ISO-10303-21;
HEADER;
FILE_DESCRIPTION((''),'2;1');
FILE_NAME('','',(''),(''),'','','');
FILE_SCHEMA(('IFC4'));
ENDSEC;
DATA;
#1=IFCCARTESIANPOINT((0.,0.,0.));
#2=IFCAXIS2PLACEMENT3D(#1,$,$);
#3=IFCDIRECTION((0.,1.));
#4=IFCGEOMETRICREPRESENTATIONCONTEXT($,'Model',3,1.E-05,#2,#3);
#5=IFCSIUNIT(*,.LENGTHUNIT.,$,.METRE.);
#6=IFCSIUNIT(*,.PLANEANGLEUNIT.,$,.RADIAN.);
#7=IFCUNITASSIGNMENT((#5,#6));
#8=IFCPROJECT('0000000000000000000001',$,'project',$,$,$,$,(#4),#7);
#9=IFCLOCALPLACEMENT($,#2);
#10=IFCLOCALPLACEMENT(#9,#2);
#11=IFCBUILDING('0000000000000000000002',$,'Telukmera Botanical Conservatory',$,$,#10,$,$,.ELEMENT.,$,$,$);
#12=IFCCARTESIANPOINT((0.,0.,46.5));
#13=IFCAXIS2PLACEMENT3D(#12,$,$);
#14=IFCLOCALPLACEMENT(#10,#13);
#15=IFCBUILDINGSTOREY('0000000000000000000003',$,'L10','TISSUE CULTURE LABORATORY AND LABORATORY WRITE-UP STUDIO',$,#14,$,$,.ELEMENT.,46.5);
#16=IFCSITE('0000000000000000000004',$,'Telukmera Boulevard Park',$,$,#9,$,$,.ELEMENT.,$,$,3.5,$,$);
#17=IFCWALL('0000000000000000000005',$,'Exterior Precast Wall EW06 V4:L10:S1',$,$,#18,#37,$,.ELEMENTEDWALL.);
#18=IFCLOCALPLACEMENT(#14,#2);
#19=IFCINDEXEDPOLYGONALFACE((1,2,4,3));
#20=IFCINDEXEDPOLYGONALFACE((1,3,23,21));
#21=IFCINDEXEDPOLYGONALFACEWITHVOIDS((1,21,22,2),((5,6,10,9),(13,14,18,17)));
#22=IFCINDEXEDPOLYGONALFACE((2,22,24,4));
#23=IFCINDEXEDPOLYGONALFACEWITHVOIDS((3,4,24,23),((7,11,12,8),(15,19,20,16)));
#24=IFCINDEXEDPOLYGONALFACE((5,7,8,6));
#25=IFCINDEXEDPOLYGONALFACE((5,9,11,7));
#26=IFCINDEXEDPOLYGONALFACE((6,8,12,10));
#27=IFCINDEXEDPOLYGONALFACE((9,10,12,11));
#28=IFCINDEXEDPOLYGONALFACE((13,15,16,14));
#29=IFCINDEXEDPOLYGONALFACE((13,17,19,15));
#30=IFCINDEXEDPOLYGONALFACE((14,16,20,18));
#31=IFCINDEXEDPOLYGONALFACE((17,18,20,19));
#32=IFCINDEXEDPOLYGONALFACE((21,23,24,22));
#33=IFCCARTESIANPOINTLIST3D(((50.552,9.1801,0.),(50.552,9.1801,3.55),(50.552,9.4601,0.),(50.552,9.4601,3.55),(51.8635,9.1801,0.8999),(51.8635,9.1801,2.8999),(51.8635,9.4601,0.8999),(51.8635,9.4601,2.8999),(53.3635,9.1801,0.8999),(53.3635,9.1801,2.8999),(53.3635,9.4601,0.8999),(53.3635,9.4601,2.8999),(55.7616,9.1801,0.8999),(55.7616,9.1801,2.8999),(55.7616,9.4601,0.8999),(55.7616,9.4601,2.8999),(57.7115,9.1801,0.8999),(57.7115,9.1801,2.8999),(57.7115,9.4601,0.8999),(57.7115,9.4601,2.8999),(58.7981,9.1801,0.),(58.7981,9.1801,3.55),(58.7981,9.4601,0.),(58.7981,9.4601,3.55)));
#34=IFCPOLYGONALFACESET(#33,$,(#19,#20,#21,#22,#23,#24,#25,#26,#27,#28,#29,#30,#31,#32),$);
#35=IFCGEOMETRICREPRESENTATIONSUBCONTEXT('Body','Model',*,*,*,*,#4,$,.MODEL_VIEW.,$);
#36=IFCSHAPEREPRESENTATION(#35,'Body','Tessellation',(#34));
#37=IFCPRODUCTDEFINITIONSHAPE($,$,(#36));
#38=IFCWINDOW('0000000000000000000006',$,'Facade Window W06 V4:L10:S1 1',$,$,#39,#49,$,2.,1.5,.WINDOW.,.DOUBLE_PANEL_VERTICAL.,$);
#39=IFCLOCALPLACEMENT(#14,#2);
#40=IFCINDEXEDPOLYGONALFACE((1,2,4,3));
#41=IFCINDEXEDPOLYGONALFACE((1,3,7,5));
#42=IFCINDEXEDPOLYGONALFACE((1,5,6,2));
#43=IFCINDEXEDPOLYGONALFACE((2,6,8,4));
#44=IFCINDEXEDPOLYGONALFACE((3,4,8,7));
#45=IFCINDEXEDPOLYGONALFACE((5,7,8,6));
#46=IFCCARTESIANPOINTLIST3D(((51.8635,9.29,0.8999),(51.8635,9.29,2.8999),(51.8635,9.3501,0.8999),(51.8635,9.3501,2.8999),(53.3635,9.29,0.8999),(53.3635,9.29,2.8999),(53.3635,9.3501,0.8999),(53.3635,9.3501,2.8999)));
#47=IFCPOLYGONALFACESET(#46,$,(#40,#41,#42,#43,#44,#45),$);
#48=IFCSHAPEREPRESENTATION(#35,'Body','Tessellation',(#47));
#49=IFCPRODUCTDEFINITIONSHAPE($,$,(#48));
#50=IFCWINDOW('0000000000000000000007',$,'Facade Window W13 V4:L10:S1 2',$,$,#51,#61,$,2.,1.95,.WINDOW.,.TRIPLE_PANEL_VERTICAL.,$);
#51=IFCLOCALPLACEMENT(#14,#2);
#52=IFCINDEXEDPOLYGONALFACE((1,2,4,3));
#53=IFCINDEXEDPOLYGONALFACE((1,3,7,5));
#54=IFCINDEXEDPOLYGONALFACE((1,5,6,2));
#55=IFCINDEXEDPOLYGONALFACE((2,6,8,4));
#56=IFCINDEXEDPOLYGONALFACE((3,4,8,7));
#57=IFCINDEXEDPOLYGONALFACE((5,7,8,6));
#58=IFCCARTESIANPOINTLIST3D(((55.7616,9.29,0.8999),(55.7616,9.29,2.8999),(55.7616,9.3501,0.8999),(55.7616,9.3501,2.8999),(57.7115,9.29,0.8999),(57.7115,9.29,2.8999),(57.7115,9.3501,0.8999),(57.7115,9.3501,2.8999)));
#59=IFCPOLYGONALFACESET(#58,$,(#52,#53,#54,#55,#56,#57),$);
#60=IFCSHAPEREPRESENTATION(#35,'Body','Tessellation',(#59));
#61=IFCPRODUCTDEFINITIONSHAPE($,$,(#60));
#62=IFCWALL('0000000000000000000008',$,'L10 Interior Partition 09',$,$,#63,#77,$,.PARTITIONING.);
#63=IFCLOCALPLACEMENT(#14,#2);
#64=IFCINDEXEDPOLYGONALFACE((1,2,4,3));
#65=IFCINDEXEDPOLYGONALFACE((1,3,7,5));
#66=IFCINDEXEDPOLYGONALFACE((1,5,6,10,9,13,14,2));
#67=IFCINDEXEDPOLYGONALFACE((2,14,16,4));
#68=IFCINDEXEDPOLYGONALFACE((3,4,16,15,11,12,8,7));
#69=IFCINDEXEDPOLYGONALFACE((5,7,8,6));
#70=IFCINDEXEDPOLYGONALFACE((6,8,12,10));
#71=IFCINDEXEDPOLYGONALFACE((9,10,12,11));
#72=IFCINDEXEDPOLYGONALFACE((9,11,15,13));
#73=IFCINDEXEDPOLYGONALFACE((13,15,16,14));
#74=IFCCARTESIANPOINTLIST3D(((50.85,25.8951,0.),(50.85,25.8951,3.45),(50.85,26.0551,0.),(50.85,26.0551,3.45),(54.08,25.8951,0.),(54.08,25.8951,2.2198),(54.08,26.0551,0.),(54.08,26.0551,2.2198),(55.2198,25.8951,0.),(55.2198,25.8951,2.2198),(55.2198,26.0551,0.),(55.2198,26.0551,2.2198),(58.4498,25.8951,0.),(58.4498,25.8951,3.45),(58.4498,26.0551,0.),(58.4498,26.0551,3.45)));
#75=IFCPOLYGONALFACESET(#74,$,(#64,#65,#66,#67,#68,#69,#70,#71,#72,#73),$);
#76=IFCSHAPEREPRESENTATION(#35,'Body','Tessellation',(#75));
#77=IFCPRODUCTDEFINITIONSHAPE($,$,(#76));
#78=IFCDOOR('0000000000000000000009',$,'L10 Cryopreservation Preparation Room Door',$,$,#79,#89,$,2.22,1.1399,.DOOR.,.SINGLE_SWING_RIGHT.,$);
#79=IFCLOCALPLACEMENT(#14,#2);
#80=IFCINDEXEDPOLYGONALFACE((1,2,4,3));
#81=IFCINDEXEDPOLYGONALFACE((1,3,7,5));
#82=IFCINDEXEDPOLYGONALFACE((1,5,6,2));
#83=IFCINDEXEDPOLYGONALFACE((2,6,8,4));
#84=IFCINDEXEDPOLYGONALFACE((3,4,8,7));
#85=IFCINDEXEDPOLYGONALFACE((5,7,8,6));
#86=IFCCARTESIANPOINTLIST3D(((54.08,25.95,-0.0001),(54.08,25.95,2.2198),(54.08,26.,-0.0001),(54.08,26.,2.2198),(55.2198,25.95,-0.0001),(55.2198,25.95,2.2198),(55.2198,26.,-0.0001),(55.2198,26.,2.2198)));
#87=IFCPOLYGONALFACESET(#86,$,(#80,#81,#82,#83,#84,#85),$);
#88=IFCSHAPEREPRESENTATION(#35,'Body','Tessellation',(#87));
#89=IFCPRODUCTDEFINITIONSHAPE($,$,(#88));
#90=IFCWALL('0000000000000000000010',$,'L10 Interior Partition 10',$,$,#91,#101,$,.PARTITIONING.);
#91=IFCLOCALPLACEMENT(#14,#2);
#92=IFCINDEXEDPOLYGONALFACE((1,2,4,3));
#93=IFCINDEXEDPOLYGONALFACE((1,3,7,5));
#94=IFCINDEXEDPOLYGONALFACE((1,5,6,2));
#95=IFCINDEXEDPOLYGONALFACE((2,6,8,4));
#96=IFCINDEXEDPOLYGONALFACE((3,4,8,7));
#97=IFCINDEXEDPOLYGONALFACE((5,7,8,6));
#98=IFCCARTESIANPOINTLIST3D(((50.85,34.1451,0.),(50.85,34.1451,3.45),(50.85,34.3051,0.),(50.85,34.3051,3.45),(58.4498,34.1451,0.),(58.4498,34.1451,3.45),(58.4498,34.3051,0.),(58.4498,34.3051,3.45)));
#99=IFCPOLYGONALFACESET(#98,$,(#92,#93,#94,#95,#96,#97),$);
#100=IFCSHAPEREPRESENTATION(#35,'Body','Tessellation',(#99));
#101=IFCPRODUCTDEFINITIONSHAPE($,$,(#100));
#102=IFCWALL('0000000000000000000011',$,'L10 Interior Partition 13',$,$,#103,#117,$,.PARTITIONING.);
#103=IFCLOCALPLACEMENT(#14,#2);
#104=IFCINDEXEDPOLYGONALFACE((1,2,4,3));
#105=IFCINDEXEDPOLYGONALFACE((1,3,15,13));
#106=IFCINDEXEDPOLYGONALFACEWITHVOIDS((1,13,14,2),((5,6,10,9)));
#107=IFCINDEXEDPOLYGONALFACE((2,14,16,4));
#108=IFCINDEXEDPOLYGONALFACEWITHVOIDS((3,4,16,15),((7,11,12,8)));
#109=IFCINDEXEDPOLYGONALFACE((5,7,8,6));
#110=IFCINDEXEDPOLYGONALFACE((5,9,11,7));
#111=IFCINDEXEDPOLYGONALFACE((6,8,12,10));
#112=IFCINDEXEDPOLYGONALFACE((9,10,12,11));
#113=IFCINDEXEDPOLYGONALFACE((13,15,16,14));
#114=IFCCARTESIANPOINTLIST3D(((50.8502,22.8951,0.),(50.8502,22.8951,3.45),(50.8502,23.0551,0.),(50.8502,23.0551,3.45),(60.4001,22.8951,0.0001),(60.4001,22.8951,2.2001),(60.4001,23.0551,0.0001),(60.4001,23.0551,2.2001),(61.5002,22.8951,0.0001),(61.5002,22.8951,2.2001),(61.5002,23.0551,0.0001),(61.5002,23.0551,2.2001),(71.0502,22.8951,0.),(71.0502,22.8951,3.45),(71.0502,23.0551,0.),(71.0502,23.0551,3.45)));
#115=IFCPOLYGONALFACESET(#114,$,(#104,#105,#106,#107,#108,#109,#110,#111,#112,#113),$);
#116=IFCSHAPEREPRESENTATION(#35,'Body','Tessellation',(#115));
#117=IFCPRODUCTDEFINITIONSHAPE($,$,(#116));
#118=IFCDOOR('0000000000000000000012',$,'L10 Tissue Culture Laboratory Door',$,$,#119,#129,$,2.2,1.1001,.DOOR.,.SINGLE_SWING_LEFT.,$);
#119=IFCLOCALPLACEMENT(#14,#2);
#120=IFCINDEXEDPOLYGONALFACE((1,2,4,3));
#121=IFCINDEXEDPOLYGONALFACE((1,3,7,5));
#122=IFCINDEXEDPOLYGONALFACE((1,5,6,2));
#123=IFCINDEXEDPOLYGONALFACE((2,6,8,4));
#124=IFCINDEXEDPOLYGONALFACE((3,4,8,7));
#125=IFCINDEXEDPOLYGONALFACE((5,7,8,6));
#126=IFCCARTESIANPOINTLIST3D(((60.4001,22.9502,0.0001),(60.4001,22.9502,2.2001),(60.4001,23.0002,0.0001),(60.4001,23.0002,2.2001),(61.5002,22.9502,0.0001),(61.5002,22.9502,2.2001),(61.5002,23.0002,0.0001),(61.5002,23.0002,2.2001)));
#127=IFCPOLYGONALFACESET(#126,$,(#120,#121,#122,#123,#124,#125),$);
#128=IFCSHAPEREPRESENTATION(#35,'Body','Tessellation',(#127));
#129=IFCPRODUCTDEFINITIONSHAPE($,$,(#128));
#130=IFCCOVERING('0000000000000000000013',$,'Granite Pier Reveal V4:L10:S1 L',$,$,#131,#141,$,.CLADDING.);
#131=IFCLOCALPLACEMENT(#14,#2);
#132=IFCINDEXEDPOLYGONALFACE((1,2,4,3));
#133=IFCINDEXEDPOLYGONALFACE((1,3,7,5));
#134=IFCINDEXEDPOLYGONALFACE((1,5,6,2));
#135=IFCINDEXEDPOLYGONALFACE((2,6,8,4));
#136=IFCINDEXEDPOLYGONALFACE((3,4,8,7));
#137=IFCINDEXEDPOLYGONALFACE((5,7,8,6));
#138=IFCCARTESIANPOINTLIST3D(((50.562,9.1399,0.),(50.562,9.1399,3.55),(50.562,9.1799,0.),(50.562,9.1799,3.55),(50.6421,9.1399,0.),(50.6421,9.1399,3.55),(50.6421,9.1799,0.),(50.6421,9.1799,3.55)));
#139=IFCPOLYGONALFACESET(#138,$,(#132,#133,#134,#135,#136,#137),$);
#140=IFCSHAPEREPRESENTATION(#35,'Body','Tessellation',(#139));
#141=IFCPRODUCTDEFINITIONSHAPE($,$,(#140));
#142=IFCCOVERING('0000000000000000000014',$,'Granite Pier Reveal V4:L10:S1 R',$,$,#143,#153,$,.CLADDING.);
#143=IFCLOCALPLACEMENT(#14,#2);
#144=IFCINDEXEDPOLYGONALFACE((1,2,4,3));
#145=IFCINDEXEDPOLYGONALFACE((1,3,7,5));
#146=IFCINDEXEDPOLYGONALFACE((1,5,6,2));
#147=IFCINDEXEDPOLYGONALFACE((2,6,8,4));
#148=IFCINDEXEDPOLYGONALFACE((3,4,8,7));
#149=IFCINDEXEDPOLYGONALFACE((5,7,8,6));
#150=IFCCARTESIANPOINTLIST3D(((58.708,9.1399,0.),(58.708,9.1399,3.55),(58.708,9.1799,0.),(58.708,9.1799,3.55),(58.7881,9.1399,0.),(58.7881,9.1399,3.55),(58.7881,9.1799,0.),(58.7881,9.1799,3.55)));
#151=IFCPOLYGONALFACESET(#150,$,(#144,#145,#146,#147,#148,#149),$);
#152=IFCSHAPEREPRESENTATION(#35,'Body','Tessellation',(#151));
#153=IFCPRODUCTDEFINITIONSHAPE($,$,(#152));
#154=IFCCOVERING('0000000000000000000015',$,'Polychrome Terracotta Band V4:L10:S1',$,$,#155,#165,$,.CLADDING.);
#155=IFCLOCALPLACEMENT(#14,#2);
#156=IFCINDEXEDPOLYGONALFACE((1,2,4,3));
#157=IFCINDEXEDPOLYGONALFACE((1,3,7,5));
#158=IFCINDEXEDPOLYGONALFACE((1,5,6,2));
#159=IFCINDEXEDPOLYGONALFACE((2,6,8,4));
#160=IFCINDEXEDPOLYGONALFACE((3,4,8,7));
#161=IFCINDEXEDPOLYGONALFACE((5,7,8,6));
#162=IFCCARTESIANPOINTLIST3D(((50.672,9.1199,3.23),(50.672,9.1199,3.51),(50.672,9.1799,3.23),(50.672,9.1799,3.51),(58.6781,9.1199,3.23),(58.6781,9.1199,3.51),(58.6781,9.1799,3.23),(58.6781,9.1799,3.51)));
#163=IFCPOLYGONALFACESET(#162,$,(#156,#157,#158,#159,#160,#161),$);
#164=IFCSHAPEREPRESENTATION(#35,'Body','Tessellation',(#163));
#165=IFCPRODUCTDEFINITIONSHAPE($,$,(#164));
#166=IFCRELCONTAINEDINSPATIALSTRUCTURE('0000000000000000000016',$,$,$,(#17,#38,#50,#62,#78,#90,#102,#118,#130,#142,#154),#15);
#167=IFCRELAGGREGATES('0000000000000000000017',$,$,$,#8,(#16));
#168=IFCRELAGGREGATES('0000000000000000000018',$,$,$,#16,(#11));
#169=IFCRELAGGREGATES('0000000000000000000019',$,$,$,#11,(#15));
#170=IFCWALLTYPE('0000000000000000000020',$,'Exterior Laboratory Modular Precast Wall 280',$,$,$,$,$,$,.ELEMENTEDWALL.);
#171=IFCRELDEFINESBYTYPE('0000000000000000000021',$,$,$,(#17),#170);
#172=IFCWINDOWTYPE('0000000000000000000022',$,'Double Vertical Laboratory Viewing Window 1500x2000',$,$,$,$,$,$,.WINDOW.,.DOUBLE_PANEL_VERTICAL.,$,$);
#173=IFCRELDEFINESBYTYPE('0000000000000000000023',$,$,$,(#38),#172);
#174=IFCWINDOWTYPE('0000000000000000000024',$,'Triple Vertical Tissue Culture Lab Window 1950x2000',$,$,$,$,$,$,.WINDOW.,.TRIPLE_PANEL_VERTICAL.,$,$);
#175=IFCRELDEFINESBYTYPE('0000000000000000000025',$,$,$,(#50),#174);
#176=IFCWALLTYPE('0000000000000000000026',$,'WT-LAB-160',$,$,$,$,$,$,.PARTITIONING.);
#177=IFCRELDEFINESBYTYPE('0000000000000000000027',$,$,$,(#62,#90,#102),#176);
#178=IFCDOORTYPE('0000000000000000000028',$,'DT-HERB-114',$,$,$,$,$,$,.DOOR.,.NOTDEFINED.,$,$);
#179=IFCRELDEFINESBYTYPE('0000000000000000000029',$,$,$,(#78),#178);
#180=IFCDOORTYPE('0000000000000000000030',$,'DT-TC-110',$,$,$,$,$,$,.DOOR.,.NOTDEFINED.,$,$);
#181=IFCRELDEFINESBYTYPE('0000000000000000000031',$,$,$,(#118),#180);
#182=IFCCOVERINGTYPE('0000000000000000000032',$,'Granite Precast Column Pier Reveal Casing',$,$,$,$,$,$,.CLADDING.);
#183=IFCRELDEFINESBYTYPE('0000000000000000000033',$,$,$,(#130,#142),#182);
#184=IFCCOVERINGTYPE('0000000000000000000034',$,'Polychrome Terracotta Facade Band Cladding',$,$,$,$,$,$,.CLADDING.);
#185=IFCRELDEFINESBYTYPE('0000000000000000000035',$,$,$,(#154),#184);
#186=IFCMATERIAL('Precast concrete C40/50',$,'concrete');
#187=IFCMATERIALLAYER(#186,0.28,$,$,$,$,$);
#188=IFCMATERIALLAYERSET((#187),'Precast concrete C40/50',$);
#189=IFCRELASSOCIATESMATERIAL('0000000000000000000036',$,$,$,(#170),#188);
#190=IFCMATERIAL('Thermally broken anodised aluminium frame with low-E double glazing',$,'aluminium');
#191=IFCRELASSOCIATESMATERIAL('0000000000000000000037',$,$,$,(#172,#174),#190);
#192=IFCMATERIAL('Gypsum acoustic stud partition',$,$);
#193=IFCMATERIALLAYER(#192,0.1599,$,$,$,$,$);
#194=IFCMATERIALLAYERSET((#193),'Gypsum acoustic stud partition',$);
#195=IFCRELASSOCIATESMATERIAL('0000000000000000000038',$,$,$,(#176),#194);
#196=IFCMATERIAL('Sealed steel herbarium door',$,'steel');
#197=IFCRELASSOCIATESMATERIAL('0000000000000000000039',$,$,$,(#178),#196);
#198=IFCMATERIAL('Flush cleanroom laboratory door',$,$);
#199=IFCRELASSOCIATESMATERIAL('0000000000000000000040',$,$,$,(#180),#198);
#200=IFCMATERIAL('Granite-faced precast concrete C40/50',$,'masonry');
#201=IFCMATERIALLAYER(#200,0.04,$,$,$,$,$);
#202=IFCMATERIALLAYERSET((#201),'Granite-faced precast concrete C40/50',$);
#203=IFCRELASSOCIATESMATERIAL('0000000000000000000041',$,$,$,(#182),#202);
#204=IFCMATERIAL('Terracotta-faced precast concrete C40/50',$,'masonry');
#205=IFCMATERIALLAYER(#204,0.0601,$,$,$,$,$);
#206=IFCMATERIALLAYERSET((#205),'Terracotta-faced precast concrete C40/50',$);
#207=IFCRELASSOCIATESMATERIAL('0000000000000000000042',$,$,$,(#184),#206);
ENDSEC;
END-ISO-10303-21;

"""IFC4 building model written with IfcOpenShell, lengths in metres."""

from ifc_helpers import new_model, si_unit, direction, frame, frame_2d, origin, origin_2d, place, context, subcontext, project, spatial, rectangle, extrude, material, layer, layer_set, type_object, element, fill, save


model = new_model("IFC4")

# Units and contexts
model_context = context("Model", 3, precision=1e-05, world=origin(), true_north=direction((0.0, 1.0)))
body_context = subcontext(model_context, "Body", "Model", "MODEL_VIEW")
ifc_project = project(units=[si_unit("LENGTHUNIT", "METRE"), si_unit("PLANEANGLEUNIT", "RADIAN")], contexts=[model_context])

# Site, building, storey
site_placement = place(None, origin())
site = spatial("IfcSite", under=ifc_project, at=site_placement, Name="Telukmera Boulevard Park", CompositionType="ELEMENT", RefElevation=3.5)
building_placement = place(site_placement, origin())
building = spatial("IfcBuilding", under=site, at=building_placement, Name="Telukmera Botanical Conservatory", CompositionType="ELEMENT")
storey_placement = place(building_placement, frame((0.0, 0.0, 46.5)))
storey = spatial("IfcBuildingStorey", under=building, at=storey_placement, Name="L10", Description="TISSUE CULTURE LABORATORY AND LABORATORY WRITE-UP STUDIO", CompositionType="ELEMENT", Elevation=46.5)

# Shared definitions
ifc_material_1 = material(Name="Precast concrete C40/50", Category="concrete")

# Wall, openings, windows
ifc_layer_1 = layer(ifc_material_1, 0.28)
ifc_layer_set_1 = layer_set([ifc_layer_1], Name="Precast concrete C40/50")
wall_type_1 = type_object("IfcWallType", Name="Exterior Laboratory Modular Precast Wall 280", PredefinedType="ELEMENTEDWALL", material=ifc_layer_set_1)
wall_1_placement = place(storey_placement, frame((50.552, 9.3201, 0.0), z_axis=(0.0, 0.0, 1.0), x_axis=(1.0, 0.0, 0.0)))
wall_1 = element("IfcWall", 1, at=wall_1_placement, inside=storey, type_object=wall_type_1, Name="Exterior Precast Wall EW06 V4:L10:S1", PredefinedType="ELEMENTEDWALL", context=body_context, shape_type="SweptSolid", body=[
    extrude(rectangle(XDim=8.2461, YDim=0.28, at=frame_2d((4.123, 0.0))), origin(), (0.0, 0.0, 1.0), 3.55),
])
opening_1_placement = place(wall_1_placement, frame((1.3115, 0.0, 0.8999)))
opening_1 = element("IfcOpeningElement", 2, at=opening_1_placement, cuts=wall_1, PredefinedType="OPENING", context=body_context, shape_type="SweptSolid", body=[
    extrude(rectangle(XDim=1.5, YDim=2.0, at=frame_2d((0.75, 1.0))), frame((0.0, 0.1499, 0.0), z_axis=(0.0, -1.0, 0.0), x_axis=(1.0, 0.0, 0.0)), (0.0, 0.0, 1.0), 0.3),
])
opening_2_placement = place(wall_1_placement, frame((5.2095, 0.0, 0.8999)))
opening_2 = element("IfcOpeningElement", 3, at=opening_2_placement, cuts=wall_1, PredefinedType="OPENING", context=body_context, shape_type="SweptSolid", body=[
    extrude(rectangle(XDim=1.95, YDim=2.0, at=frame_2d((0.9751, 1.0))), frame((0.0, 0.1499, 0.0), z_axis=(0.0, -1.0, 0.0), x_axis=(1.0, 0.0, 0.0)), (0.0, 0.0, 1.0), 0.3),
])
ifc_material_2 = material(Name="Thermally broken anodised aluminium frame with low-E double glazing", Category="aluminium")
window_type_1 = type_object("IfcWindowType", Name="Double Vertical Laboratory Viewing Window 1500x2000", PartitioningType="DOUBLE_PANEL_VERTICAL", PredefinedType="WINDOW", material=ifc_material_2)
window_1_placement = place(opening_1_placement, origin())
window_1 = element("IfcWindow", 4, at=window_1_placement, inside=storey, type_object=window_type_1, Name="Facade Window W06 V4:L10:S1 1", OverallHeight=2.0, OverallWidth=1.5, PartitioningType="DOUBLE_PANEL_VERTICAL", PredefinedType="WINDOW", context=body_context, shape_type="SweptSolid", body=[
    extrude(rectangle(XDim=1.5, YDim=2.0, at=frame_2d((0.75, 1.0))), frame((0.0, 0.03, 0.0), z_axis=(0.0, -1.0, 0.0), x_axis=(1.0, 0.0, 0.0)), (0.0, 0.0, 1.0), 0.0601),
])
fill(opening_1, window_1)
window_type_2 = type_object("IfcWindowType", Name="Triple Vertical Tissue Culture Lab Window 1950x2000", PartitioningType="TRIPLE_PANEL_VERTICAL", PredefinedType="WINDOW", material=ifc_material_2)
window_2_placement = place(opening_2_placement, origin())
window_2 = element("IfcWindow", 5, at=window_2_placement, inside=storey, type_object=window_type_2, Name="Facade Window W13 V4:L10:S1 2", OverallHeight=2.0, OverallWidth=1.95, PartitioningType="TRIPLE_PANEL_VERTICAL", PredefinedType="WINDOW", context=body_context, shape_type="SweptSolid", body=[
    extrude(rectangle(XDim=1.95, YDim=2.0, at=frame_2d((0.9751, 1.0))), frame((0.0, 0.03, 0.0), z_axis=(0.0, -1.0, 0.0), x_axis=(1.0, 0.0, 0.0)), (0.0, 0.0, 1.0), 0.0601),
])
fill(opening_2, window_2)

# Wall, opening, door
ifc_material_3 = material(Name="Gypsum acoustic stud partition")
ifc_layer_2 = layer(ifc_material_3, 0.1599)
ifc_layer_set_2 = layer_set([ifc_layer_2], Name="Gypsum acoustic stud partition")
wall_type_2 = type_object("IfcWallType", Name="WT-LAB-160", PredefinedType="PARTITIONING", material=ifc_layer_set_2)
wall_2_placement = place(storey_placement, frame((50.8501, 25.9751, 0.0), z_axis=(0.0, 0.0, 1.0), x_axis=(1.0, 0.0, 0.0)))
wall_2 = element("IfcWall", 6, at=wall_2_placement, inside=storey, type_object=wall_type_2, Name="L10 Interior Partition 09", PredefinedType="PARTITIONING", context=body_context, shape_type="SweptSolid", body=[
    extrude(rectangle(XDim=7.5999, YDim=0.1599, at=frame_2d((3.7998, 0.0))), origin(), (0.0, 0.0, 1.0), 3.45),
])
opening_3_placement = place(wall_2_placement, frame((3.23, 0.0, 0.0)))
opening_3 = element("IfcOpeningElement", 7, at=opening_3_placement, cuts=wall_2, PredefinedType="OPENING", context=body_context, shape_type="SweptSolid", body=[
    extrude(rectangle(XDim=1.1399, YDim=2.22, at=frame_2d((0.5698, 1.1099))), frame((0.0, 0.0898, 0.0), z_axis=(0.0, -1.0, 0.0), x_axis=(1.0, 0.0, 0.0)), (0.0, 0.0, 1.0), 0.1799),
])
ifc_material_4 = material(Name="Sealed steel herbarium door", Category="steel")
door_type_1 = type_object("IfcDoorType", Name="DT-HERB-114", OperationType="NOTDEFINED", PredefinedType="DOOR", material=ifc_material_4)
door_1_placement = place(opening_3_placement, origin())
door_1 = element("IfcDoor", 8, at=door_1_placement, inside=storey, type_object=door_type_1, Name="L10 Cryopreservation Preparation Room Door", OperationType="SINGLE_SWING_RIGHT", OverallHeight=2.22, OverallWidth=1.1399, PredefinedType="DOOR", context=body_context, shape_type="SweptSolid", body=[
    extrude(rectangle(XDim=1.1399, YDim=2.22, at=frame_2d((0.5698, 1.1099))), frame((0.0, 0.0249, 0.0), z_axis=(0.0, -1.0, 0.0), x_axis=(1.0, 0.0, 0.0)), (0.0, 0.0, 1.0), 0.05),
])
fill(opening_3, door_1)

# Wall
wall_3_placement = place(storey_placement, frame((50.8501, 34.2251, 0.0), z_axis=(0.0, 0.0, 1.0), x_axis=(1.0, 0.0, 0.0)))
element("IfcWall", 9, at=wall_3_placement, inside=storey, type_object=wall_type_2, Name="L10 Interior Partition 10", PredefinedType="PARTITIONING", context=body_context, shape_type="SweptSolid", body=[
    extrude(rectangle(XDim=7.5999, YDim=0.1599, at=frame_2d((3.7998, 0.0))), origin(), (0.0, 0.0, 1.0), 3.45),
])

# Wall, opening, door
wall_4_placement = place(storey_placement, frame((50.8501, 22.9751, 0.0), z_axis=(0.0, 0.0, 1.0), x_axis=(1.0, 0.0, 0.0)))
wall_4 = element("IfcWall", 10, at=wall_4_placement, inside=storey, type_object=wall_type_2, Name="L10 Interior Partition 13", PredefinedType="PARTITIONING", context=body_context, shape_type="SweptSolid", body=[
    extrude(rectangle(XDim=20.2, YDim=0.1599, at=frame_2d((10.1001, 0.0))), origin(), (0.0, 0.0, 1.0), 3.45),
])
opening_4_placement = place(wall_4_placement, frame((9.55, 0.0, 0.0)))
opening_4 = element("IfcOpeningElement", 11, at=opening_4_placement, cuts=wall_4, PredefinedType="OPENING", context=body_context, shape_type="SweptSolid", body=[
    extrude(rectangle(XDim=1.1001, YDim=2.2, at=frame_2d((0.55, 1.1001))), frame((0.0, 0.0898, 0.0), z_axis=(0.0, -1.0, 0.0), x_axis=(1.0, 0.0, 0.0)), (0.0, 0.0, 1.0), 0.1799),
])
ifc_material_5 = material(Name="Flush cleanroom laboratory door")
door_type_2 = type_object("IfcDoorType", Name="DT-TC-110", OperationType="NOTDEFINED", PredefinedType="DOOR", material=ifc_material_5)
door_2_placement = place(opening_4_placement, frame((1.1001, 0.0, 0.0), z_axis=(0.0, 0.0, 1.0), x_axis=(-1.0, 0.0, 0.0)))
door_2 = element("IfcDoor", 12, at=door_2_placement, inside=storey, type_object=door_type_2, Name="L10 Tissue Culture Laboratory Door", OperationType="SINGLE_SWING_LEFT", OverallHeight=2.2, OverallWidth=1.1001, PredefinedType="DOOR", context=body_context, shape_type="SweptSolid", body=[
    extrude(rectangle(XDim=1.1001, YDim=2.2, at=frame_2d((0.55, 1.1001))), frame((0.0, 0.0249, 0.0), z_axis=(0.0, -1.0, 0.0), x_axis=(1.0, 0.0, 0.0)), (0.0, 0.0, 1.0), 0.05),
])
fill(opening_4, door_2)

# Coverings
ifc_material_6 = material(Name="Granite-faced precast concrete C40/50", Category="masonry")
ifc_layer_3 = layer(ifc_material_6, 0.04)
ifc_layer_set_3 = layer_set([ifc_layer_3], Name="Granite-faced precast concrete C40/50")
covering_type_1 = type_object("IfcCoveringType", Name="Granite Precast Column Pier Reveal Casing", PredefinedType="CLADDING", material=ifc_layer_set_3)
for number, where, z_axis, x_axis, name in (
    (13, (50.6021, 9.1599, 0.0), (0.0, 0.0, 1.0), (1.0, 0.0, 0.0), "Granite Pier Reveal V4:L10:S1 L"),
    (14, (58.748, 9.1599, 0.0), (0.0, 0.0, 1.0), (1.0, 0.0, 0.0), "Granite Pier Reveal V4:L10:S1 R"),
):
    element("IfcCovering", number, at=place(storey_placement, frame(where, z_axis=z_axis, x_axis=x_axis)), inside=storey, type_object=covering_type_1, Name=name, PredefinedType="CLADDING", context=body_context, shape_type="SweptSolid", body=[
        extrude(rectangle(XDim=0.0801, YDim=0.04, at=origin_2d()), origin(), (0.0, 0.0, 1.0), 3.55),
    ])
ifc_material_7 = material(Name="Terracotta-faced precast concrete C40/50", Category="masonry")
ifc_layer_4 = layer(ifc_material_7, 0.0601)
ifc_layer_set_4 = layer_set([ifc_layer_4], Name="Terracotta-faced precast concrete C40/50")
covering_type_2 = type_object("IfcCoveringType", Name="Polychrome Terracotta Facade Band Cladding", PredefinedType="CLADDING", material=ifc_layer_set_4)
covering_placement = place(storey_placement, frame((54.675, 9.1499, 3.23), z_axis=(0.0, 0.0, 1.0), x_axis=(1.0, 0.0, 0.0)))
element("IfcCovering", 15, at=covering_placement, inside=storey, type_object=covering_type_2, Name="Polychrome Terracotta Band V4:L10:S1", PredefinedType="CLADDING", context=body_context, shape_type="SweptSolid", body=[
    extrude(rectangle(XDim=8.0061, YDim=0.0601, at=origin_2d()), origin(), (0.0, 0.0, 1.0), 0.28),
])

save(model, "model.ifc")
